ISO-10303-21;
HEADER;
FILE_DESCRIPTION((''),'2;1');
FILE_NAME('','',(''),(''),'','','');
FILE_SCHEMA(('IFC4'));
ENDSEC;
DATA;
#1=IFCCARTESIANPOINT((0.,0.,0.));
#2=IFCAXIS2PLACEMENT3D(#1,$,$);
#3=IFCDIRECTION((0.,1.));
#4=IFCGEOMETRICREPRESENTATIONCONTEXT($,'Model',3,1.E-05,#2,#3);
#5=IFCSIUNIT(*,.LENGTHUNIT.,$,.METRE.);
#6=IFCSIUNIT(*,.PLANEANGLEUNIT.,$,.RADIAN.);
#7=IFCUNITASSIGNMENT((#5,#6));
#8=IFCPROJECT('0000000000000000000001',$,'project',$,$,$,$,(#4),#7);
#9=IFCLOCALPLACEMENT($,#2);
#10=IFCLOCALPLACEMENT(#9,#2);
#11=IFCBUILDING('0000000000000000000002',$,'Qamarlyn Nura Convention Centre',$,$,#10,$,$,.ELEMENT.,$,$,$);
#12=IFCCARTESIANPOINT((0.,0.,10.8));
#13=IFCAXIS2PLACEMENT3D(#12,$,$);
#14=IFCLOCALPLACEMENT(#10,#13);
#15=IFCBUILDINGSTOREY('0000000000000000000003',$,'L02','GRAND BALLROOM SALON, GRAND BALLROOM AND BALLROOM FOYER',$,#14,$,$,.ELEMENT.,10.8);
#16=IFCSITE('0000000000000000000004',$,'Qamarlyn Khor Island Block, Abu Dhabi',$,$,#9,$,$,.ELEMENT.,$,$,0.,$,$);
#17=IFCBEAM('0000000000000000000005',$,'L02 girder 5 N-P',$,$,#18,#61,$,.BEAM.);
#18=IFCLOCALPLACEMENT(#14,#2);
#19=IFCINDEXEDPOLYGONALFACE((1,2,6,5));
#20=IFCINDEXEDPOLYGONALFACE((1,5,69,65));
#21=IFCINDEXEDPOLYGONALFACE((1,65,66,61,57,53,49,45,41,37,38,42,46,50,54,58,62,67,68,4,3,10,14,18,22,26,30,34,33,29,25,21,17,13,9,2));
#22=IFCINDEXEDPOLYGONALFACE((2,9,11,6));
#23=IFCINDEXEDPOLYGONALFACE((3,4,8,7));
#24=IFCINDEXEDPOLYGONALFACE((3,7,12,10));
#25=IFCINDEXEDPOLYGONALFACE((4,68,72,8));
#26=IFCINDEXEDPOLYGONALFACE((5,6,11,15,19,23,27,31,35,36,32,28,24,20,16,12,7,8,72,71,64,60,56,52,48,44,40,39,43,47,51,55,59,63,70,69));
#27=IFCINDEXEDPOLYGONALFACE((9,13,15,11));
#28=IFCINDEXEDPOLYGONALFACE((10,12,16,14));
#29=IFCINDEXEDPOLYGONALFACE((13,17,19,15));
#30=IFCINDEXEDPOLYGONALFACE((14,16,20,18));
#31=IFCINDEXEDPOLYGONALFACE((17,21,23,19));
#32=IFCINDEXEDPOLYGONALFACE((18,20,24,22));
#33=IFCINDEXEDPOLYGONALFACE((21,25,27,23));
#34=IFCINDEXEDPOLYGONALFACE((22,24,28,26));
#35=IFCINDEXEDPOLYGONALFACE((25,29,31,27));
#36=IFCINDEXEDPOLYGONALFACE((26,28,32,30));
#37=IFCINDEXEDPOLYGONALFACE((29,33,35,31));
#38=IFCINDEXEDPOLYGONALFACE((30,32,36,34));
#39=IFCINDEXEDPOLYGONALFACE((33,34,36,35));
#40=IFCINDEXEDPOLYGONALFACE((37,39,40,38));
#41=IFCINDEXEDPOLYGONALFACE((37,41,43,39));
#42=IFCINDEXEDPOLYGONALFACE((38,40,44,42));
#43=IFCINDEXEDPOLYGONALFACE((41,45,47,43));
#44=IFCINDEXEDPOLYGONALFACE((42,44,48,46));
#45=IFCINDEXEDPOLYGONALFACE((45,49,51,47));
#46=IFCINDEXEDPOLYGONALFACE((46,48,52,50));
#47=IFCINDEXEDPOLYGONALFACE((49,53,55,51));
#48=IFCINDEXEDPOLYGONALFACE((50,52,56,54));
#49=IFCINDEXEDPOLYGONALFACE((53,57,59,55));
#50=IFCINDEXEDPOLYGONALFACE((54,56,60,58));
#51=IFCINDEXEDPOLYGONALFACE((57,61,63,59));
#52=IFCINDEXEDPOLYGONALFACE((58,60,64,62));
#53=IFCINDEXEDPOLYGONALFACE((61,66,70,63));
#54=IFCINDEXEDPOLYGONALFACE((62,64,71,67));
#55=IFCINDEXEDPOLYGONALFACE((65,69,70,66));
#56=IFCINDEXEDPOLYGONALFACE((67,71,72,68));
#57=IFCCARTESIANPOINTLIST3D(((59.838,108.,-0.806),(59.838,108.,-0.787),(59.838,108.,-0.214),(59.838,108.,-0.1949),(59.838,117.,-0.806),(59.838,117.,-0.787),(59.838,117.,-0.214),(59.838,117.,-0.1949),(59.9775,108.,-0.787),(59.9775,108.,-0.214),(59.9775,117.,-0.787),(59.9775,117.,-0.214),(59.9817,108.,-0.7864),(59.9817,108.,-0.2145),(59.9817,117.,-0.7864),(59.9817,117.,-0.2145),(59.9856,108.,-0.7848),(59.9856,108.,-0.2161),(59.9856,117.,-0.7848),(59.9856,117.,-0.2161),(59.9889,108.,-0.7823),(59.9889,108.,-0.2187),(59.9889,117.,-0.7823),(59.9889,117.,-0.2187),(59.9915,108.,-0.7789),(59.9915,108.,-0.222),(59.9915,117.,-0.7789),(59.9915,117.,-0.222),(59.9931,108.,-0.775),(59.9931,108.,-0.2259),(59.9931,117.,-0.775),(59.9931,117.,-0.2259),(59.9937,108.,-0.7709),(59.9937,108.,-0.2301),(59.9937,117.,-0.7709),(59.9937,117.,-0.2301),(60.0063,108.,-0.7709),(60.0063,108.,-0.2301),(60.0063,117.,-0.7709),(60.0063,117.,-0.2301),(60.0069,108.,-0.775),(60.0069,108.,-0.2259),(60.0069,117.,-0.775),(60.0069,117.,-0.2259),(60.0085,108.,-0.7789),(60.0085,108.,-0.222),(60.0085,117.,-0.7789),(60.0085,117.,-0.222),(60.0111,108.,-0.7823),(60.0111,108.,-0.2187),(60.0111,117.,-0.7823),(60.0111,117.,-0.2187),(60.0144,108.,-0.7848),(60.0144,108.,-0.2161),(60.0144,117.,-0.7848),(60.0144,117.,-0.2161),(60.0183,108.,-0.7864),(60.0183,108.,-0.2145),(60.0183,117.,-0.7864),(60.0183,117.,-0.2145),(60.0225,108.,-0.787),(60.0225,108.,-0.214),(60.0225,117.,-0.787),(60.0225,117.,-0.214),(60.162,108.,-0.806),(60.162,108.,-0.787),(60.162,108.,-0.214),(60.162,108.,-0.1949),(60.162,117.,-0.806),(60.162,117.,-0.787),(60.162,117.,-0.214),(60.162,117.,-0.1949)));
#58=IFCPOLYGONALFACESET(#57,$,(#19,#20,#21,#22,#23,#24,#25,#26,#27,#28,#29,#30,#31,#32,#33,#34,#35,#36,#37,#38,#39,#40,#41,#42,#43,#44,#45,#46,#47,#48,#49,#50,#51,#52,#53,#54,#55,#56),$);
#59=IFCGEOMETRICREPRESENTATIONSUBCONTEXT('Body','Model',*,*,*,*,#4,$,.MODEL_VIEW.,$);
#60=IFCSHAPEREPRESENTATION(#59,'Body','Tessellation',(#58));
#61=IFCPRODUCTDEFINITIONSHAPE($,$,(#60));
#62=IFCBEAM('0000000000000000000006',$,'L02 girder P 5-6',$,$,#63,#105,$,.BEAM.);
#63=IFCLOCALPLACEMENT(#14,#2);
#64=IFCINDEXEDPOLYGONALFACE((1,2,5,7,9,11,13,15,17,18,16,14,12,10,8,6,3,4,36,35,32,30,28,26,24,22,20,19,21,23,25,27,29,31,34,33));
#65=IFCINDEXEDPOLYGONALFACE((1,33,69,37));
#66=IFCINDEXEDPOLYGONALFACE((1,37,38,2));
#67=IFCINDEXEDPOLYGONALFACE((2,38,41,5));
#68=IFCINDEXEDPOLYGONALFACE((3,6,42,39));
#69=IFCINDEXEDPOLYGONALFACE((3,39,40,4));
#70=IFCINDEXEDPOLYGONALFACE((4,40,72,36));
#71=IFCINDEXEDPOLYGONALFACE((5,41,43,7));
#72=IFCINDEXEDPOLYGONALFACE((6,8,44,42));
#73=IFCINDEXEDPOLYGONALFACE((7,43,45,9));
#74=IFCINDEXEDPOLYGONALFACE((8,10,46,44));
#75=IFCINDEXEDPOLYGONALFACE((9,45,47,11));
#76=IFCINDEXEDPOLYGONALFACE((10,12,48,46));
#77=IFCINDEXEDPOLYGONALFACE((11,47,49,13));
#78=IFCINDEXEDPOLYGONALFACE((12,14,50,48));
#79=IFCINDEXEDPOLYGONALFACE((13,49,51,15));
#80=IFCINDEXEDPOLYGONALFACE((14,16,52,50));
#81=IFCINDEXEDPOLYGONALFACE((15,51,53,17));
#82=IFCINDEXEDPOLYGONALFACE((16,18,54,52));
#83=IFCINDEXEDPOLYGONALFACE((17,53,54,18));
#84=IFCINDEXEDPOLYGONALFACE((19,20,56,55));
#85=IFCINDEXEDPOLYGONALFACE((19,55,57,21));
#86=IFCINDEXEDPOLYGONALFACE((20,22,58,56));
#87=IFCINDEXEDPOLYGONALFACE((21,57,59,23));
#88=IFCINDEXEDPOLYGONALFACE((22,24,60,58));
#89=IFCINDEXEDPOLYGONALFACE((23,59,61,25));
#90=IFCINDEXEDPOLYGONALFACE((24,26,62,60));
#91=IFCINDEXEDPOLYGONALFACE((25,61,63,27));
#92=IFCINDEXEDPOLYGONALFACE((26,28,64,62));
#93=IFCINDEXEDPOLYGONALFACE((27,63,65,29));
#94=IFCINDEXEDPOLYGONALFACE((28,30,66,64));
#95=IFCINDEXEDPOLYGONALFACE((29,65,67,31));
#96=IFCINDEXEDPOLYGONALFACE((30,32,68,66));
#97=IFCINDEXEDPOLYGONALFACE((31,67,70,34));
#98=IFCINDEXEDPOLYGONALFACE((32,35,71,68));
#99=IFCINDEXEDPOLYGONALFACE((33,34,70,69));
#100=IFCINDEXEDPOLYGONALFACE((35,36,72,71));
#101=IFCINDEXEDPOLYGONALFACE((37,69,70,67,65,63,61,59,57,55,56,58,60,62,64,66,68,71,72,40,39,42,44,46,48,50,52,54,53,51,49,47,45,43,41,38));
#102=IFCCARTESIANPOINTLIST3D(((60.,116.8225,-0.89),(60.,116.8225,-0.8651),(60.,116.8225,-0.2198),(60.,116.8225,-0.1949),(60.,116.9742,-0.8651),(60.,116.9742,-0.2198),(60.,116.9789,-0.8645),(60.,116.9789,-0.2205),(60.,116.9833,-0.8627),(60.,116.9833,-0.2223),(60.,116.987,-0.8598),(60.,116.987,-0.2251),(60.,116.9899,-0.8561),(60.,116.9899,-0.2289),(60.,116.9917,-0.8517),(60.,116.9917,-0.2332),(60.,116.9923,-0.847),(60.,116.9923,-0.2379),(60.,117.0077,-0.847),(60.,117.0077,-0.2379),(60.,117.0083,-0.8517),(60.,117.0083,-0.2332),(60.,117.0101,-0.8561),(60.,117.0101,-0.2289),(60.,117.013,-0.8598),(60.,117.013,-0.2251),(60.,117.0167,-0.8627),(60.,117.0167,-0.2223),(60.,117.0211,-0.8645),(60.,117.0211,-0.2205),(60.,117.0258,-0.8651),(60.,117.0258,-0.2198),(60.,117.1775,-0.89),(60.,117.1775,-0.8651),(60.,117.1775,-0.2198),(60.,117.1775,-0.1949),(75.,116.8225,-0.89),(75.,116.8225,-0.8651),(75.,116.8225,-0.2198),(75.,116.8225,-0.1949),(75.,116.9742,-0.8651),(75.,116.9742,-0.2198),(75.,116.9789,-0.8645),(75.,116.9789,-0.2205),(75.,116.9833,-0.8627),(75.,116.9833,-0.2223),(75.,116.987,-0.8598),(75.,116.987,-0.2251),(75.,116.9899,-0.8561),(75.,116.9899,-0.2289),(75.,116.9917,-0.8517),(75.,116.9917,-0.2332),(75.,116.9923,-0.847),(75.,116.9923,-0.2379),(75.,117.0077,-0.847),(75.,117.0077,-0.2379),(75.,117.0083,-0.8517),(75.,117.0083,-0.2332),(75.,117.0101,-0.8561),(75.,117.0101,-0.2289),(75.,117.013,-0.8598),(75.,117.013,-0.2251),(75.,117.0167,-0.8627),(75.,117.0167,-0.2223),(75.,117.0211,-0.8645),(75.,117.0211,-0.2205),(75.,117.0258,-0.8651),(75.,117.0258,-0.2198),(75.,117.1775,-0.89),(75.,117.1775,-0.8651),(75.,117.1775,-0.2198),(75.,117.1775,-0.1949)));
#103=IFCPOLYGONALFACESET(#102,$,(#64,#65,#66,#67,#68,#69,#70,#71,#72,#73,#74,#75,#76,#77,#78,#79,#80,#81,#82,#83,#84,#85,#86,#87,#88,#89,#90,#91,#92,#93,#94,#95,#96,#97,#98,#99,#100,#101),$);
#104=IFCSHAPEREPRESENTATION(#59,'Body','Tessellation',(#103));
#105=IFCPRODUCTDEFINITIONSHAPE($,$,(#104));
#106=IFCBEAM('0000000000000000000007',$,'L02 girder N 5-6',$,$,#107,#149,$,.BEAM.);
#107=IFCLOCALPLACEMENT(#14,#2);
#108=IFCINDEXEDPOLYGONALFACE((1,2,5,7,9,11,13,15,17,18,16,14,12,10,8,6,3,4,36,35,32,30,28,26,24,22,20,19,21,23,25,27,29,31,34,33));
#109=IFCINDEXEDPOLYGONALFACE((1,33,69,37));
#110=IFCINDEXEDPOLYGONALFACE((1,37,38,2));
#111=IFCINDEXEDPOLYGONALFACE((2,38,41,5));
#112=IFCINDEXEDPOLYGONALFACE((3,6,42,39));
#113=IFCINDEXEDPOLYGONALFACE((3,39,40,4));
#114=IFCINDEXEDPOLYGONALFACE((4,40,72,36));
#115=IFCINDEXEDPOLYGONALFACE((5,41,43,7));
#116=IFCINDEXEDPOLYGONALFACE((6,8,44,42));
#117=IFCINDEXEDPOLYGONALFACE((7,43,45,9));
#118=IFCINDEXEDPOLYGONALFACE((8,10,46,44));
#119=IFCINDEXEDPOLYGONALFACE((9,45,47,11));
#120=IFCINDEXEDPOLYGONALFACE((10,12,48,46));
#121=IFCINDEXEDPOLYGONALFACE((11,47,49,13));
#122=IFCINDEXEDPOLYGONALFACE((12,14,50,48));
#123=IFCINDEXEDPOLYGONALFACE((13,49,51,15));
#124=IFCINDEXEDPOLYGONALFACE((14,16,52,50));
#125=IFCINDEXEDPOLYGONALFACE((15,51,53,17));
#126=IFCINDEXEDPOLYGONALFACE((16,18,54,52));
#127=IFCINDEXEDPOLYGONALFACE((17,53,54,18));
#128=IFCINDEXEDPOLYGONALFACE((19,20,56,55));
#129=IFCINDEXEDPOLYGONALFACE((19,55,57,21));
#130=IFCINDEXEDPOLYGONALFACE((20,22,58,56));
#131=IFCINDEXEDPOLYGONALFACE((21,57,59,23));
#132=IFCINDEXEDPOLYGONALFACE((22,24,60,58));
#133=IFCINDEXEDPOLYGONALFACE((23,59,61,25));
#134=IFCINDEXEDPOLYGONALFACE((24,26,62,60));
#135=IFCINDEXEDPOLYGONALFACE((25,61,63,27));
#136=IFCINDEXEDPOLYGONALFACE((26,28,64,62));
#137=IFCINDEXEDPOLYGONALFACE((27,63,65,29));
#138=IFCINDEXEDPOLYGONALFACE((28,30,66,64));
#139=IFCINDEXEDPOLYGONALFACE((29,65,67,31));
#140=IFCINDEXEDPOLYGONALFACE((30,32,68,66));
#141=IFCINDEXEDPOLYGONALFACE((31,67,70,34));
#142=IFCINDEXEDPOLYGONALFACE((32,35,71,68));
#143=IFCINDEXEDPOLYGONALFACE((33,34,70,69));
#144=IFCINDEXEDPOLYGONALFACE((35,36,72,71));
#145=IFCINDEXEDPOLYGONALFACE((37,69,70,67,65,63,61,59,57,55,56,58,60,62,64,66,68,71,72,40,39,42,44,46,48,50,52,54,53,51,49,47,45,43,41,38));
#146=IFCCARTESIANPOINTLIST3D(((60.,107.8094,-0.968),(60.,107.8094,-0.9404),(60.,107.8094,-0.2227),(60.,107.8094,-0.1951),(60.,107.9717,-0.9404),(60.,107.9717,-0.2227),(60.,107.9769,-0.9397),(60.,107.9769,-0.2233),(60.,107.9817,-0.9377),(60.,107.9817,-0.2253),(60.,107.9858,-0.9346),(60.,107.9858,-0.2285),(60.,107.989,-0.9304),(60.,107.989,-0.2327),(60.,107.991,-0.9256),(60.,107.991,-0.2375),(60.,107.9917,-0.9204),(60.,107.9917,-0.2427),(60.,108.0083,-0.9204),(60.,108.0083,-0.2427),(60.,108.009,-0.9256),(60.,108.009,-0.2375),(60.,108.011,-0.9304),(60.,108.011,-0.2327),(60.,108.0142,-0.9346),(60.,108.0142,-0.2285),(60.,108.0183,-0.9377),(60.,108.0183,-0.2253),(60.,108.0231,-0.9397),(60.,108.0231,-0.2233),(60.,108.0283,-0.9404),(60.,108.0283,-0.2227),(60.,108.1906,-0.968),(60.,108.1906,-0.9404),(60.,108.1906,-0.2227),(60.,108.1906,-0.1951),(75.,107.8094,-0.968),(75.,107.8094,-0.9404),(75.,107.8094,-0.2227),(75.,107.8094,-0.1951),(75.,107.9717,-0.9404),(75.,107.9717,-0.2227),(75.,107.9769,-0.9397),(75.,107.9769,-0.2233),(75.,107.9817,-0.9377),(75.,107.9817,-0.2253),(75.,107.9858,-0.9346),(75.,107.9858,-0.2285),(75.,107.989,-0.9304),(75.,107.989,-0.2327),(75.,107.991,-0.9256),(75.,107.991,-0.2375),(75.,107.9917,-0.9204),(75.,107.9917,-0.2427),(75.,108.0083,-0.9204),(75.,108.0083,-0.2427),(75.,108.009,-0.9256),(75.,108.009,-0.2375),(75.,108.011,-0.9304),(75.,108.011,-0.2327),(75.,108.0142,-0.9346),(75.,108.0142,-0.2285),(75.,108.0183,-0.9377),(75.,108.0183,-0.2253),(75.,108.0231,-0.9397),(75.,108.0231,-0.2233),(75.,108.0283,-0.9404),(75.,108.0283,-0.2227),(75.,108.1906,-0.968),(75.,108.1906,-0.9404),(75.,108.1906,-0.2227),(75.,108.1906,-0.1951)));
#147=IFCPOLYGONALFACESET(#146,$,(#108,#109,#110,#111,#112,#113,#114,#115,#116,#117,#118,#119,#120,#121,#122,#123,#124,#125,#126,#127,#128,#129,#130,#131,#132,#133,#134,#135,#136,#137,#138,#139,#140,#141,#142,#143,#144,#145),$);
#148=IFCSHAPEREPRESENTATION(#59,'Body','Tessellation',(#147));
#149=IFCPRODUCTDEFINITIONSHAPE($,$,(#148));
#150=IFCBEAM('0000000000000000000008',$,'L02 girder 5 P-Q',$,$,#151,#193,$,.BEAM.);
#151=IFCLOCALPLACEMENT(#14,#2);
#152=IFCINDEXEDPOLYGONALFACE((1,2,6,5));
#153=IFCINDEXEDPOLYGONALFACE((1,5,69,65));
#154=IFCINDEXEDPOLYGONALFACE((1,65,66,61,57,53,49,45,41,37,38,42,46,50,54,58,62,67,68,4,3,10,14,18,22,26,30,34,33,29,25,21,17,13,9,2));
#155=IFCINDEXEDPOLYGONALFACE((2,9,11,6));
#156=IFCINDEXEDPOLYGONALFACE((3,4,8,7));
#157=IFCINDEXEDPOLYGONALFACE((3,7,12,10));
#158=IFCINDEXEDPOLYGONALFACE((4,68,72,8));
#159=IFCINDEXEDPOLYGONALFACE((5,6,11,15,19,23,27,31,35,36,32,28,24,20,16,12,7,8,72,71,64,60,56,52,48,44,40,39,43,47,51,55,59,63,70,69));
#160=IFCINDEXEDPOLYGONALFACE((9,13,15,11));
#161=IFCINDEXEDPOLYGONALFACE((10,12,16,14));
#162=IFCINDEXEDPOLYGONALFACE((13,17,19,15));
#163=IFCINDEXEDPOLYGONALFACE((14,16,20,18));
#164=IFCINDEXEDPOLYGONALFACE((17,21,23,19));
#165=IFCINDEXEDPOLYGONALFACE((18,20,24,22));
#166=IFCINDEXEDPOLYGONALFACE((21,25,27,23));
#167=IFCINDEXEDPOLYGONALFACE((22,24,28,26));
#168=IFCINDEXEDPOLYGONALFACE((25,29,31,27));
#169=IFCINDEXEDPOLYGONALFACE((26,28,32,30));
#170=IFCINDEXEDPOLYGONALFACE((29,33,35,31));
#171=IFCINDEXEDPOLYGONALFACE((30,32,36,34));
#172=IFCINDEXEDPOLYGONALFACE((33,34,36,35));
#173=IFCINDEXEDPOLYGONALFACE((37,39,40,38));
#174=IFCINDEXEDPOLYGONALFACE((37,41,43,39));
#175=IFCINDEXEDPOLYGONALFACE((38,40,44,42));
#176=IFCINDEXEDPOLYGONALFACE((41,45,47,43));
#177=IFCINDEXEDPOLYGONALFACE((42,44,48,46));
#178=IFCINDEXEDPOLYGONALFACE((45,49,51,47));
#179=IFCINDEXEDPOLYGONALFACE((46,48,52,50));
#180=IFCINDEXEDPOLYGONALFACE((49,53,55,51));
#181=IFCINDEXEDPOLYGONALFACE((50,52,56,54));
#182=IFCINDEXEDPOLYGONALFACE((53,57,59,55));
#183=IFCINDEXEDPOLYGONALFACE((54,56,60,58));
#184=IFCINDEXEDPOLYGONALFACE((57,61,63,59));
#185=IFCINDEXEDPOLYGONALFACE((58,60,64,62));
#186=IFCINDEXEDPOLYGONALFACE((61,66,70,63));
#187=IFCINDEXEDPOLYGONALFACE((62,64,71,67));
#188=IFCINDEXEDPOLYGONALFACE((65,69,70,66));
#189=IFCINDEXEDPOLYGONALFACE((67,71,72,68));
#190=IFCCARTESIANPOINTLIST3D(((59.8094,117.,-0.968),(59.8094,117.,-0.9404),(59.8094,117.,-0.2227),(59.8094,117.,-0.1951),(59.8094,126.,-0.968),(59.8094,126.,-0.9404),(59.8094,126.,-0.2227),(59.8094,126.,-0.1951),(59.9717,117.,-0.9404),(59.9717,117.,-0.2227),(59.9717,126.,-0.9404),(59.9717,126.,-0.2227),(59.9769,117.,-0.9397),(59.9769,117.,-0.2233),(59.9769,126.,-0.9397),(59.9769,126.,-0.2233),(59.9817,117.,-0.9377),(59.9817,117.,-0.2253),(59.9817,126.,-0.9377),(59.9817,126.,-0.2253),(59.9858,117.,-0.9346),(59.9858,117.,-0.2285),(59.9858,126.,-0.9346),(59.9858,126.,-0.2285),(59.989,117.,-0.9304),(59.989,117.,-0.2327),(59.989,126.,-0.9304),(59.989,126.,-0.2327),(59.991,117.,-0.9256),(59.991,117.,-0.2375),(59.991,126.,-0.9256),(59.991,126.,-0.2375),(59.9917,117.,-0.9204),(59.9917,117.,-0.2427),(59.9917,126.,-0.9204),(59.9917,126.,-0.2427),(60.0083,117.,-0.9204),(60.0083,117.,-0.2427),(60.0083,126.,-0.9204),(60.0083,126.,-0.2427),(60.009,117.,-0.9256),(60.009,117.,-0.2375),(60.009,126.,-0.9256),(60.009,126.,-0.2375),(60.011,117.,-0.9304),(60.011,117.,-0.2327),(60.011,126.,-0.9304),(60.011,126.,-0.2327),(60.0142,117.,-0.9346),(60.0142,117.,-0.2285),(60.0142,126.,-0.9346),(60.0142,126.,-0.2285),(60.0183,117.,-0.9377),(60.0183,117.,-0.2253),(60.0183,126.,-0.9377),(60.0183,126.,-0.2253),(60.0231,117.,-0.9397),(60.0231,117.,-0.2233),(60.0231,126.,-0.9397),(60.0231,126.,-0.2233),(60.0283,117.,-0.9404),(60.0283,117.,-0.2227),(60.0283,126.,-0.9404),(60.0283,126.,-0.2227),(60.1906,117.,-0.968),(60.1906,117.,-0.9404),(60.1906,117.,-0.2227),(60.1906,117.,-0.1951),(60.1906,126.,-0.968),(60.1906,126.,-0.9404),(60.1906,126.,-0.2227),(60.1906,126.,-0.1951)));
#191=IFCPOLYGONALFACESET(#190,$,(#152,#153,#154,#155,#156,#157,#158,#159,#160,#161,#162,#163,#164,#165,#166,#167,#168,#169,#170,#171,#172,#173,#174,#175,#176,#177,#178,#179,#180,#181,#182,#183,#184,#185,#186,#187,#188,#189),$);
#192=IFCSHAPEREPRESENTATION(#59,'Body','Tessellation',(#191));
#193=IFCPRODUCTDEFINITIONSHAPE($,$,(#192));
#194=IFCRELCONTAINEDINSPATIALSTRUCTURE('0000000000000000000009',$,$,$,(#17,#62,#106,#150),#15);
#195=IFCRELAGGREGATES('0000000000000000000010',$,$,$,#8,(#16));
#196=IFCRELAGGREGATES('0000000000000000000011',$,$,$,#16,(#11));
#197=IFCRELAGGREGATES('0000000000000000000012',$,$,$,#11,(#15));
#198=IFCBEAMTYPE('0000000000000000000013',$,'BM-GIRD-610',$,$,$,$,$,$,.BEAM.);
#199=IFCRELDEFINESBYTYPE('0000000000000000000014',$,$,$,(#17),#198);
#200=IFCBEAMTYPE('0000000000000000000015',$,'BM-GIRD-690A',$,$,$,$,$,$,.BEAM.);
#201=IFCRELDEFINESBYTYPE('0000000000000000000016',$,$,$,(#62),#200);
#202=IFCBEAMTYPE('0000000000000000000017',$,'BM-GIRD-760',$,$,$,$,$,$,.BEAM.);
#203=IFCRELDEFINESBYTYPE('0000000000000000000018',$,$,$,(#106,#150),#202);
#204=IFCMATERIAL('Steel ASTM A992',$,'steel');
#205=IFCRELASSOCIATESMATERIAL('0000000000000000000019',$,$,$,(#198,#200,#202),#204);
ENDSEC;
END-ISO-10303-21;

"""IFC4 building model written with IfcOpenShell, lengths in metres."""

from ifc_helpers import new_model, si_unit, direction, frame, origin, origin_2d, place, context, subcontext, project, spatial, i_section, extrude, material, material_profile, profile_set, type_object, element, save


model = new_model("IFC4")

# Units and contexts
model_context = context("Model", 3, precision=1e-05, world=origin(), true_north=direction((0.0, 1.0)))
body_context = subcontext(model_context, "Body", "Model", "MODEL_VIEW")
ifc_project = project(units=[si_unit("LENGTHUNIT", "METRE"), si_unit("PLANEANGLEUNIT", "RADIAN")], contexts=[model_context])

# Site, building, storey
site_placement = place(None, origin())
site = spatial("IfcSite", under=ifc_project, at=site_placement, Name="Qamarlyn Khor Island Block, Abu Dhabi", CompositionType="ELEMENT", RefElevation=0.0)
building_placement = place(site_placement, origin())
building = spatial("IfcBuilding", under=site, at=building_placement, Name="Qamarlyn Nura Convention Centre", CompositionType="ELEMENT")
storey_placement = place(building_placement, frame((0.0, 0.0, 10.8)))
storey = spatial("IfcBuildingStorey", under=building, at=storey_placement, Name="L02", Description="GRAND BALLROOM SALON, GRAND BALLROOM AND BALLROOM FOYER", CompositionType="ELEMENT", Elevation=10.8)

# Beams
ifc_material_1 = material(Name="Steel ASTM A992", Category="steel")
ifc_material_profile_1 = material_profile(ifc_material_1, i_section(OverallWidth=0.324, OverallDepth=0.6111, WebThickness=0.0127, FlangeThickness=0.019, FilletRadius=0.0161, at=origin_2d()), Name="W610X155")
ifc_profile_set_1 = profile_set([ifc_material_profile_1], Name="Steel ASTM A992")
beam_type_1 = type_object("IfcBeamType", Name="BM-GIRD-610", PredefinedType="BEAM", material=ifc_profile_set_1)
beam_1_placement = place(storey_placement, frame((60.0, 108.0, -0.5005), z_axis=(0.0, 1.0, 0.0), x_axis=(-1.0, 0.0, 0.0)))
element("IfcBeam", 1, at=beam_1_placement, inside=storey, type_object=beam_type_1, Name="L02 girder 5 N-P", PredefinedType="BEAM", context=body_context, shape_type="SweptSolid", body=[
    extrude(i_section(OverallWidth=0.324, OverallDepth=0.6111, WebThickness=0.0127, FlangeThickness=0.019, FilletRadius=0.0161, at=origin_2d()), origin(), (0.0, 0.0, 1.0), 9.0),
])
ifc_material_profile_2 = material_profile(ifc_material_1, i_section(OverallWidth=0.355, OverallDepth=0.6951, WebThickness=0.0154, FlangeThickness=0.0249, FilletRadius=0.0181, at=origin_2d()), Name="W690X217")
ifc_profile_set_2 = profile_set([ifc_material_profile_2], Name="Steel ASTM A992")
beam_type_2 = type_object("IfcBeamType", Name="BM-GIRD-690A", PredefinedType="BEAM", material=ifc_profile_set_2)
beam_2_placement = place(storey_placement, frame((60.0, 117.0, -0.5425), z_axis=(1.0, 0.0, 0.0), x_axis=(0.0, 1.0, 0.0)))
element("IfcBeam", 2, at=beam_2_placement, inside=storey, type_object=beam_type_2, Name="L02 girder P 5-6", PredefinedType="BEAM", context=body_context, shape_type="SweptSolid", body=[
    extrude(i_section(OverallWidth=0.355, OverallDepth=0.6951, WebThickness=0.0154, FlangeThickness=0.0249, FilletRadius=0.0181, at=origin_2d()), origin(), (0.0, 0.0, 1.0), 15.0),
])
ifc_material_profile_3 = material_profile(ifc_material_1, i_section(OverallWidth=0.3811, OverallDepth=0.7729, WebThickness=0.0166, FlangeThickness=0.0276, FilletRadius=0.02, at=origin_2d()), Name="W760X257")
ifc_profile_set_3 = profile_set([ifc_material_profile_3], Name="Steel ASTM A992")
beam_type_3 = type_object("IfcBeamType", Name="BM-GIRD-760", PredefinedType="BEAM", material=ifc_profile_set_3)
beam_3_placement = place(storey_placement, frame((60.0, 108.0, -0.5815), z_axis=(1.0, 0.0, 0.0), x_axis=(0.0, 1.0, 0.0)))
element("IfcBeam", 3, at=beam_3_placement, inside=storey, type_object=beam_type_3, Name="L02 girder N 5-6", PredefinedType="BEAM", context=body_context, shape_type="SweptSolid", body=[
    extrude(i_section(OverallWidth=0.3811, OverallDepth=0.7729, WebThickness=0.0166, FlangeThickness=0.0276, FilletRadius=0.02, at=origin_2d()), origin(), (0.0, 0.0, 1.0), 15.0),
])
beam_4_placement = place(storey_placement, frame((60.0, 117.0, -0.5815), z_axis=(0.0, 1.0, 0.0), x_axis=(-1.0, 0.0, 0.0)))
element("IfcBeam", 4, at=beam_4_placement, inside=storey, type_object=beam_type_3, Name="L02 girder 5 P-Q", PredefinedType="BEAM", context=body_context, shape_type="SweptSolid", body=[
    extrude(i_section(OverallWidth=0.3811, OverallDepth=0.7729, WebThickness=0.0166, FlangeThickness=0.0276, FilletRadius=0.02, at=origin_2d()), origin(), (0.0, 0.0, 1.0), 9.0),
])

save(model, "model.ifc")
